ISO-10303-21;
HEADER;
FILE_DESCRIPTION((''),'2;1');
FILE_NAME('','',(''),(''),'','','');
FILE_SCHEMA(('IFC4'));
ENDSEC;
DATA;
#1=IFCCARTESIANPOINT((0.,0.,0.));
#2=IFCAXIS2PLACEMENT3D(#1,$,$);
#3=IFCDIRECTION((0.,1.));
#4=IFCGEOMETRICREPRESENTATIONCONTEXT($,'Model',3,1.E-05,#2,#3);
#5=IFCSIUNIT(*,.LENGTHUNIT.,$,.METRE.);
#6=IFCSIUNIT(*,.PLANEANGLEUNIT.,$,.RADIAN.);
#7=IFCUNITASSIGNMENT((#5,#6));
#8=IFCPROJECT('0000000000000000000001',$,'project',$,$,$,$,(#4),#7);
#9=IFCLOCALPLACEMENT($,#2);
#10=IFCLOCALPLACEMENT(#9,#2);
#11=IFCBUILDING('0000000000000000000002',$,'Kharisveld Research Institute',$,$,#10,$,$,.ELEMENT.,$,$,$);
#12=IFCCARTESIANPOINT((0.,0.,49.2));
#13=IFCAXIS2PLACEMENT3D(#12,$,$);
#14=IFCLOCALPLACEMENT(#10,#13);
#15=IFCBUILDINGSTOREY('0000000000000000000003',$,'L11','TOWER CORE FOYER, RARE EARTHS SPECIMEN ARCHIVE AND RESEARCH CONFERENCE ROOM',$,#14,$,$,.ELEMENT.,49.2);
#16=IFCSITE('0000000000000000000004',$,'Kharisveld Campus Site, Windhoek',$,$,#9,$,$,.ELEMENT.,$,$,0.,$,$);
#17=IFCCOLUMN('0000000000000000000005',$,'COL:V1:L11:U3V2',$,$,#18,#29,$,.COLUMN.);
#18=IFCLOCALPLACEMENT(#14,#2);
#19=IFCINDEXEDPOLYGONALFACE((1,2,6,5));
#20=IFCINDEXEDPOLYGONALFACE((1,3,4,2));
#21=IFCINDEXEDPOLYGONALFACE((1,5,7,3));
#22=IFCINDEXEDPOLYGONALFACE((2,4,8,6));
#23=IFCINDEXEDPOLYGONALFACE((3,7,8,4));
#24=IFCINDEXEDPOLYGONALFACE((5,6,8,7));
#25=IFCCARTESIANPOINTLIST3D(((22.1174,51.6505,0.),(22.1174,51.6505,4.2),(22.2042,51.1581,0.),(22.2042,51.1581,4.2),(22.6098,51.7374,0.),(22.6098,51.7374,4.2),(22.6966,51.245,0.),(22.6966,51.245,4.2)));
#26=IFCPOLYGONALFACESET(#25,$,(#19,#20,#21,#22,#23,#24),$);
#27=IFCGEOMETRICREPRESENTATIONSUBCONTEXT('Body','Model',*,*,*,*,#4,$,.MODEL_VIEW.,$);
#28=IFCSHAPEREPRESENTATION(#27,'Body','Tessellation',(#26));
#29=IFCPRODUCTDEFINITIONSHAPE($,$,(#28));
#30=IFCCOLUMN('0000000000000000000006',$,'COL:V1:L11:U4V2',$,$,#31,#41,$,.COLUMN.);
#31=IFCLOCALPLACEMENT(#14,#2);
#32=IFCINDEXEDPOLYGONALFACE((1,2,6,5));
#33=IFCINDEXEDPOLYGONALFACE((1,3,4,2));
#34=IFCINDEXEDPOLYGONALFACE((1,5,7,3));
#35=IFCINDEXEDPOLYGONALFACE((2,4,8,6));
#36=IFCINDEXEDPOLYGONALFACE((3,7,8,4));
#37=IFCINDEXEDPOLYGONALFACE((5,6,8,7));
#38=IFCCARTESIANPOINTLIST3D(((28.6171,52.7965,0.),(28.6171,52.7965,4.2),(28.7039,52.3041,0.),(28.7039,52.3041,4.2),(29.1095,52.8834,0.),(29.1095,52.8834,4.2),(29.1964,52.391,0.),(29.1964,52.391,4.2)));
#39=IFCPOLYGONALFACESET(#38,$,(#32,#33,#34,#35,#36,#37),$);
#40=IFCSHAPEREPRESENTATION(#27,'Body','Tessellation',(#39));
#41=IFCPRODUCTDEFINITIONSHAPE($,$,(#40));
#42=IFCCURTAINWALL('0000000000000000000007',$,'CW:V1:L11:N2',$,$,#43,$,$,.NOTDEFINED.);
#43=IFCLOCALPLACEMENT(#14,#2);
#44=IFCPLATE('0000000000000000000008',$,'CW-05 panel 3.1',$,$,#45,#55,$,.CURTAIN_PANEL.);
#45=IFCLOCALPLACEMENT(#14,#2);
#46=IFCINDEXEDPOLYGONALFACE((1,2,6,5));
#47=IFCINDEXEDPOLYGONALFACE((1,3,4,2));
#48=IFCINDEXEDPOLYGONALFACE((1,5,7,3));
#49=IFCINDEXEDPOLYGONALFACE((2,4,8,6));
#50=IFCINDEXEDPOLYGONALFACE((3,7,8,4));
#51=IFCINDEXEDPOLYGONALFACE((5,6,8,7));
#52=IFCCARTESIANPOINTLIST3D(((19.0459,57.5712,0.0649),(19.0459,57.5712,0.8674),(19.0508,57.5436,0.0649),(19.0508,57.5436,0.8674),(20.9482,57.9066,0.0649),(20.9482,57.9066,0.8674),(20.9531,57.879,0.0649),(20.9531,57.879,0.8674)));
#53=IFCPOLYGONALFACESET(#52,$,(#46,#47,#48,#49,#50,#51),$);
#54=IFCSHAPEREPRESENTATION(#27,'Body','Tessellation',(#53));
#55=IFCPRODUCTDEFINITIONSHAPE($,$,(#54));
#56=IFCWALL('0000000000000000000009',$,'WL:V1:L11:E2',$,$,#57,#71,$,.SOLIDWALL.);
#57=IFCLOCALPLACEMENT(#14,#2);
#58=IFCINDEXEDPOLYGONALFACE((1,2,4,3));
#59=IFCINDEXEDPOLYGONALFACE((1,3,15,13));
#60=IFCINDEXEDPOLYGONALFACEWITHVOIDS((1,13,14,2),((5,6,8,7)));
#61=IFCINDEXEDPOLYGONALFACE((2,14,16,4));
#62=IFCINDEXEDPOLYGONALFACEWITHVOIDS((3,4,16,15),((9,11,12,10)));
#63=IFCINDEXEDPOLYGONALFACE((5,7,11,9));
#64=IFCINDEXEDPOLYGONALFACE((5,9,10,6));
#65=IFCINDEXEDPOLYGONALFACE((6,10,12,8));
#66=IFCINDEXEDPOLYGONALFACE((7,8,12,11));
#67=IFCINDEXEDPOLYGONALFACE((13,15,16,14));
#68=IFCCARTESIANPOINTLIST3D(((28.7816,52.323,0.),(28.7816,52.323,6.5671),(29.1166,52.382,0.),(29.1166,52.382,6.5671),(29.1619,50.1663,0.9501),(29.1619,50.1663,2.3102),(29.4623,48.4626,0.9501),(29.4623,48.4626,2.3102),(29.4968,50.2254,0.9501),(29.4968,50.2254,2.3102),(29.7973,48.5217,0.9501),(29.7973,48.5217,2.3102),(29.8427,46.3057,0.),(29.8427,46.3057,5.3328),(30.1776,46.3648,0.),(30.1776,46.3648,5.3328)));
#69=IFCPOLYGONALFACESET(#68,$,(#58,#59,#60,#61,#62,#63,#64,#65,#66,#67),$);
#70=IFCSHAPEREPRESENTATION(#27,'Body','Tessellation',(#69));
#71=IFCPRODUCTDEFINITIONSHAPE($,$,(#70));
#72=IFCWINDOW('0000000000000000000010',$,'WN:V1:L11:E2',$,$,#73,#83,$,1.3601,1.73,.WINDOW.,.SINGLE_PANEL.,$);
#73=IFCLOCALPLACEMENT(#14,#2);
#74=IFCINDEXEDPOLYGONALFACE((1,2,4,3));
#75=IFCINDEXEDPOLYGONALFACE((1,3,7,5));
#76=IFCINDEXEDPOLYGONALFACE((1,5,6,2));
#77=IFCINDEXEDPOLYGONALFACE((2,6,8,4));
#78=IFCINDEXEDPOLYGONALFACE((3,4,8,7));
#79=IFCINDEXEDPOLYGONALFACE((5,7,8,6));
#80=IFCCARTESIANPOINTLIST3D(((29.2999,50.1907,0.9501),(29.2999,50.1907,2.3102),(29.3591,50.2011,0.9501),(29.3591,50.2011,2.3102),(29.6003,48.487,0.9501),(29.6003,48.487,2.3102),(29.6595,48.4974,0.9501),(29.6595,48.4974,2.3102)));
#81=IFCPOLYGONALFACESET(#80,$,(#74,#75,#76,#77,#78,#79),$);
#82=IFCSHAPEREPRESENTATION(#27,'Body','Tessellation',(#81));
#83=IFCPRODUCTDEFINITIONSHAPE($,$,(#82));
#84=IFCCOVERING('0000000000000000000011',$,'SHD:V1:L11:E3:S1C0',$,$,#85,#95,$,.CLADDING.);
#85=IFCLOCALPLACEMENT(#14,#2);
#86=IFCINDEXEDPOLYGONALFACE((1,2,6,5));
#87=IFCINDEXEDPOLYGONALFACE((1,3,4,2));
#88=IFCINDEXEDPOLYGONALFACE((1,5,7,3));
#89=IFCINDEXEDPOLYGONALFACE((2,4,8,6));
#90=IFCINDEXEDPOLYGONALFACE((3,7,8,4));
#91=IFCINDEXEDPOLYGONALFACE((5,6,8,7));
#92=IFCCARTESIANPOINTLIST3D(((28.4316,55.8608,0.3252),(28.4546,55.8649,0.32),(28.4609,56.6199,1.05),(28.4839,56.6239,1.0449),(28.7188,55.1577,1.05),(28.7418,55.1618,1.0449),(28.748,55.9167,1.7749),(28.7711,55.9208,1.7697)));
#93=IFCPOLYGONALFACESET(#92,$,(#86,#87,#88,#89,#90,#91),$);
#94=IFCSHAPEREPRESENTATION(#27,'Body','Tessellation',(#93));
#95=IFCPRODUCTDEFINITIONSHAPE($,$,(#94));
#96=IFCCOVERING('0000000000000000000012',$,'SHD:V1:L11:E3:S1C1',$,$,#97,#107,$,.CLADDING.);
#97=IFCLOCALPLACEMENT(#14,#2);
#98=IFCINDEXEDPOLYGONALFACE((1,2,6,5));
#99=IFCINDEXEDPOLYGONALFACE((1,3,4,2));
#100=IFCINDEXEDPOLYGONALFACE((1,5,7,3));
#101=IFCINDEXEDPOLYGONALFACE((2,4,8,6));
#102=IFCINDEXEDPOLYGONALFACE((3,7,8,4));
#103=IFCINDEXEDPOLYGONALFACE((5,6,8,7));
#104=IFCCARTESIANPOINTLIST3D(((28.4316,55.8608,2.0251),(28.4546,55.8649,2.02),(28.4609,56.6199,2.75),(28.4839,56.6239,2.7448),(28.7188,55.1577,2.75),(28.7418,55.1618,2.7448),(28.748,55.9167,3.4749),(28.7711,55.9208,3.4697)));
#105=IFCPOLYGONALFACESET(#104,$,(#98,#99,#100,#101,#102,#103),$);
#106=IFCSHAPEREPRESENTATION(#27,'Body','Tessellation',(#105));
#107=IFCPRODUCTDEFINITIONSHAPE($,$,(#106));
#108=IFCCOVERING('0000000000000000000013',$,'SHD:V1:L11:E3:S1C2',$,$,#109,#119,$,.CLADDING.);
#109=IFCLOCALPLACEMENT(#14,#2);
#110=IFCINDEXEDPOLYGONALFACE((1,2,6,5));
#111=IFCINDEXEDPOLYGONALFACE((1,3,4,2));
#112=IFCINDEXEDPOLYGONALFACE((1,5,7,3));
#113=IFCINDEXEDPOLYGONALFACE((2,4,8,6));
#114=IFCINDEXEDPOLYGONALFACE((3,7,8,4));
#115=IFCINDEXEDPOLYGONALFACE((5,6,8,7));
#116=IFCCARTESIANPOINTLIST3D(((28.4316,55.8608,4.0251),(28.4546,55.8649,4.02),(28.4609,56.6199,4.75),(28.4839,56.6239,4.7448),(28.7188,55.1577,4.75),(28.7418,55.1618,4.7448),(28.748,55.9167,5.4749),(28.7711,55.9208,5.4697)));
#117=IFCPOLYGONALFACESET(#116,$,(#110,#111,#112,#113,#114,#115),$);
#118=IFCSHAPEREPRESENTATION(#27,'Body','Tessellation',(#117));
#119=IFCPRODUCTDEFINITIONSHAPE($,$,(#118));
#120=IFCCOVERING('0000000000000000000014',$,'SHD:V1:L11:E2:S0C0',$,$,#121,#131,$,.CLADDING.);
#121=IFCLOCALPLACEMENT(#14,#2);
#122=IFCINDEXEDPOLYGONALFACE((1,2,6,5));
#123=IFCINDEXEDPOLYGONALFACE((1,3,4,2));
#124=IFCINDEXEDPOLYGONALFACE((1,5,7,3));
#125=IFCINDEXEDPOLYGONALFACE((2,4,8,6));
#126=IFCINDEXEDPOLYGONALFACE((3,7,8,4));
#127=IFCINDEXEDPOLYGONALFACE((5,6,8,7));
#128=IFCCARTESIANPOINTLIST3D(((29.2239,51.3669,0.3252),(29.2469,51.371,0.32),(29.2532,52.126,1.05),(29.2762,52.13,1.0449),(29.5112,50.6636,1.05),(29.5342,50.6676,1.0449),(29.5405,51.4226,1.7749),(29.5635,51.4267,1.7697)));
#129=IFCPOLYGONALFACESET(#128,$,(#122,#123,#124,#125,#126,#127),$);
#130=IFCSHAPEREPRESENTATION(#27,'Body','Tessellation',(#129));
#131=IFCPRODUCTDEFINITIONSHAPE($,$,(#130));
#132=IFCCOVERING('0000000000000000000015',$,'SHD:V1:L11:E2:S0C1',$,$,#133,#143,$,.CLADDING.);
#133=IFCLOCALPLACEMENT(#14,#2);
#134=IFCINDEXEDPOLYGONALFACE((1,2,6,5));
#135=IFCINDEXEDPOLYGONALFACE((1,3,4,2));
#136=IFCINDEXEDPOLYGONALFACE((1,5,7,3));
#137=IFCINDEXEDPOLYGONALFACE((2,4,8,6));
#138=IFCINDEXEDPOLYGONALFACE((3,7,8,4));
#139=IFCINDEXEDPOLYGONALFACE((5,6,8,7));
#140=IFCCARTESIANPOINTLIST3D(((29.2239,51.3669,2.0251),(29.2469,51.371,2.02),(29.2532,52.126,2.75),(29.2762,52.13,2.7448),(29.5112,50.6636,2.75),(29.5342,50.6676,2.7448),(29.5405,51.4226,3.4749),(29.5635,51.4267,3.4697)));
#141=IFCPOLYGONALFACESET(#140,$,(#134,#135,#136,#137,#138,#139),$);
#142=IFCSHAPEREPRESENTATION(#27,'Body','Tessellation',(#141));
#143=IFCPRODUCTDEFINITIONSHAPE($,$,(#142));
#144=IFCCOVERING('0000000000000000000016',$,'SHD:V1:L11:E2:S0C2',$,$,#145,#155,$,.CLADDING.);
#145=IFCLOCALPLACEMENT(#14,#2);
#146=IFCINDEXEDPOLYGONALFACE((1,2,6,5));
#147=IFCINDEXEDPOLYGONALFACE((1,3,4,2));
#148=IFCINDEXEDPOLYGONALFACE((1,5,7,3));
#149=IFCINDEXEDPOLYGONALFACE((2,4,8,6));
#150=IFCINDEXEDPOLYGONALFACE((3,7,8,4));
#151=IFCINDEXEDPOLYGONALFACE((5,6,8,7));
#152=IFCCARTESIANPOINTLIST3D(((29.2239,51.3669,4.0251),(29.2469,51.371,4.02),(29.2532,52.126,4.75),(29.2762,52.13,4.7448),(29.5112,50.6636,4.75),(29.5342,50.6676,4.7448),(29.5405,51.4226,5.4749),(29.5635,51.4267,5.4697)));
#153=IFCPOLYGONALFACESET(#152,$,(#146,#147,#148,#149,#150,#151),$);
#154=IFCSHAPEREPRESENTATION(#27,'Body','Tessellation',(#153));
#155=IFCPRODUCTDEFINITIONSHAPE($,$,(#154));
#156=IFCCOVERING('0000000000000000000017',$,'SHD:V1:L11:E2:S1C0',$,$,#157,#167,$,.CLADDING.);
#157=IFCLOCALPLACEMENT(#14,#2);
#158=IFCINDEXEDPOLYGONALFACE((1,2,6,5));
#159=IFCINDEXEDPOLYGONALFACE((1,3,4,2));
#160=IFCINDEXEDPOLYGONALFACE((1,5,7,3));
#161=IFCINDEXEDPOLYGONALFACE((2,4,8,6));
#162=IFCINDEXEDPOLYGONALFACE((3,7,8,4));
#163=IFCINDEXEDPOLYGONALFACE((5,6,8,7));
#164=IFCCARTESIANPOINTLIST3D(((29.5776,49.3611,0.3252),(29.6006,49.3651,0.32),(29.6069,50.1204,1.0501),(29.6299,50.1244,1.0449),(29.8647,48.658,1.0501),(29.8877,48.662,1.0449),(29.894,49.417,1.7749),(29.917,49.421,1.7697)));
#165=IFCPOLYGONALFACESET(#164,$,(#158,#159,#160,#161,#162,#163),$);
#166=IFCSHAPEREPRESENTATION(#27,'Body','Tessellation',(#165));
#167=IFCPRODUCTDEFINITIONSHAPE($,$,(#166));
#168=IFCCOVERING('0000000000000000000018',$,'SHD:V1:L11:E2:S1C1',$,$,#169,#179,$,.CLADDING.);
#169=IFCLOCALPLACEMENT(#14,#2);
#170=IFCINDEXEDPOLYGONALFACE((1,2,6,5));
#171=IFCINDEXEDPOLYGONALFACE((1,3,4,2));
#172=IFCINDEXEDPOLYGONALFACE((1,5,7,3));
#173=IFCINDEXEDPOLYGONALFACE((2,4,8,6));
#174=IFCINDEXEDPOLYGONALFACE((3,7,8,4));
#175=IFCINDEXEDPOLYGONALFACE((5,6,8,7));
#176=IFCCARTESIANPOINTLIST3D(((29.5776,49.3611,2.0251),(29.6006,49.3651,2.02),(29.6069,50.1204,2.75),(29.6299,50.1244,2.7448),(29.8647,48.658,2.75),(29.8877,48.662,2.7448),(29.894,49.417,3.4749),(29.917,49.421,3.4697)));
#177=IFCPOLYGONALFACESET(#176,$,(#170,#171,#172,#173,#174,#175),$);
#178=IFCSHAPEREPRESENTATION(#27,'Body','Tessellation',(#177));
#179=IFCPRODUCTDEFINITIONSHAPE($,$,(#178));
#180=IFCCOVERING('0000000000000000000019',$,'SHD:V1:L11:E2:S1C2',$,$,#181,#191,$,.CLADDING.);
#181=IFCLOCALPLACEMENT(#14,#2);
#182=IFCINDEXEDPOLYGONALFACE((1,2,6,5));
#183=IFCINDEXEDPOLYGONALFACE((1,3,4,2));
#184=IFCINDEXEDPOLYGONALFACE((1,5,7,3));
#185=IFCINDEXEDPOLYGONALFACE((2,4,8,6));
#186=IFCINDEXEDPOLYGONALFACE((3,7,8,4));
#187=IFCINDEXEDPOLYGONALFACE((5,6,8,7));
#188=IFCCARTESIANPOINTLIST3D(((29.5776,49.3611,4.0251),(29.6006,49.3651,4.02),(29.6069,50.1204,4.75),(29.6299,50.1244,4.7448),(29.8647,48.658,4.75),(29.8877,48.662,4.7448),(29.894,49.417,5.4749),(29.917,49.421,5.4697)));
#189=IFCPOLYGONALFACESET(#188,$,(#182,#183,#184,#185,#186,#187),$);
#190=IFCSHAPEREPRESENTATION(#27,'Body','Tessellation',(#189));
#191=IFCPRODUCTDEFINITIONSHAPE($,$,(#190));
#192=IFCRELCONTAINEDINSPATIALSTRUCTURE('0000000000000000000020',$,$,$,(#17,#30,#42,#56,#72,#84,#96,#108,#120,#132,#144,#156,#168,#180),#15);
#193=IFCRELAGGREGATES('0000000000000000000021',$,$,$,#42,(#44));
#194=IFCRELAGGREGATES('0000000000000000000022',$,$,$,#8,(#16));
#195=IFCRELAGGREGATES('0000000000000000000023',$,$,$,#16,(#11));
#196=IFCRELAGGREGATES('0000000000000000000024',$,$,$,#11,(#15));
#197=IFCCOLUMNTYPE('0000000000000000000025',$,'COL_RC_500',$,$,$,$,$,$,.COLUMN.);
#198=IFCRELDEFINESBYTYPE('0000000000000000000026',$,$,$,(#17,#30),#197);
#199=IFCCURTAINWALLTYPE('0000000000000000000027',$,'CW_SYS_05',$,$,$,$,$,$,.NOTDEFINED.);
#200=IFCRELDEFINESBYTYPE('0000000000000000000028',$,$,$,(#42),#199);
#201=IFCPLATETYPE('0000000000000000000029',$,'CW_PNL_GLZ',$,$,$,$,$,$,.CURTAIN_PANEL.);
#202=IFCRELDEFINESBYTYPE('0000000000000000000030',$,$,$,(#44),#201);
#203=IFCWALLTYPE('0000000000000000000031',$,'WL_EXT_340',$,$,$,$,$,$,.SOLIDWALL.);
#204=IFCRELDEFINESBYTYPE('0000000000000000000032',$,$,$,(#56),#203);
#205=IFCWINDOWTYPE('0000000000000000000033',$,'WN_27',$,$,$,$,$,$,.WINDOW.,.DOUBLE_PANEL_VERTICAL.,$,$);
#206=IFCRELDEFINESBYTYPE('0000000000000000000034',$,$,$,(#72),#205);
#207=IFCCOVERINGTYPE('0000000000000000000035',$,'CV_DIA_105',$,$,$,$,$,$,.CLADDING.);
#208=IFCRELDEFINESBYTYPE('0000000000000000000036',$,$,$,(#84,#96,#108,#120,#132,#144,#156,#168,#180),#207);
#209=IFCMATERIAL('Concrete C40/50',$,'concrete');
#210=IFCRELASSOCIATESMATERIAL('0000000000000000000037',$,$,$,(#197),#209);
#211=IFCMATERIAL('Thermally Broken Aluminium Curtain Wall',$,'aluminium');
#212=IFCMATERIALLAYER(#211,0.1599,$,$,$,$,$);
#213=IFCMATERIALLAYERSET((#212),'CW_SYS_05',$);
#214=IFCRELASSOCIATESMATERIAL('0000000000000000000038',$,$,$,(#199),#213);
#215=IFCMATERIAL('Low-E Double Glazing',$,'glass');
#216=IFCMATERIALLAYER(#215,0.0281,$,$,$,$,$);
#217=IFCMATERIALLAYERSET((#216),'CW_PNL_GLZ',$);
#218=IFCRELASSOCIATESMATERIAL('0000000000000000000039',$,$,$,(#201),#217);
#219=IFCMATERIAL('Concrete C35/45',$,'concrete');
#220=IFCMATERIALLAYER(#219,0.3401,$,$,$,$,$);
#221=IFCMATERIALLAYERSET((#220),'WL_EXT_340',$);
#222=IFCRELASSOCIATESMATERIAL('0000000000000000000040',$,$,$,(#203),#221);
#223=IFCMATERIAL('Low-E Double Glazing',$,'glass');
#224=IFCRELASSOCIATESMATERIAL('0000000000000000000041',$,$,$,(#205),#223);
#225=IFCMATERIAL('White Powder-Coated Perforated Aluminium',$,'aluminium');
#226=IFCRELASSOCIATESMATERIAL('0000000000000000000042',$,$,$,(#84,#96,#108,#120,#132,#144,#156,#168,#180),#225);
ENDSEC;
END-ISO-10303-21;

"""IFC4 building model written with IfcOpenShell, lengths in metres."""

from ifc_helpers import new_model, si_unit, direction, frame, frame_2d, origin, origin_2d, place, context, subcontext, project, spatial, polyline, rectangle, outline, extrude, material, layer, layer_set, material_profile, profile_set, type_object, element, fill, aggregate, save


model = new_model("IFC4")

# Units and contexts
model_context = context("Model", 3, precision=1e-05, world=origin(), true_north=direction((0.0, 1.0)))
body_context = subcontext(model_context, "Body", "Model", "MODEL_VIEW")
ifc_project = project(units=[si_unit("LENGTHUNIT", "METRE"), si_unit("PLANEANGLEUNIT", "RADIAN")], contexts=[model_context])

# Site, building, storey
site_placement = place(None, origin())
site = spatial("IfcSite", under=ifc_project, at=site_placement, Name="Kharisveld Campus Site, Windhoek", CompositionType="ELEMENT", RefElevation=0.0)
building_placement = place(site_placement, origin())
building = spatial("IfcBuilding", under=site, at=building_placement, Name="Kharisveld Research Institute", CompositionType="ELEMENT")
storey_placement = place(building_placement, frame((0.0, 0.0, 49.2)))
storey = spatial("IfcBuildingStorey", under=building, at=storey_placement, Name="L11", Description="TOWER CORE FOYER, RARE EARTHS SPECIMEN ARCHIVE AND RESEARCH CONFERENCE ROOM", CompositionType="ELEMENT", Elevation=49.2)

# Columns
ifc_material_1 = material(Name="Concrete C40/50", Category="concrete")
ifc_material_profile = material_profile(ifc_material_1, rectangle(XDim=0.5, YDim=0.5, at=origin_2d()))
ifc_profile_set = profile_set([ifc_material_profile], Name="Concrete C40/50")
column_type = type_object("IfcColumnType", Name="COL_RC_500", PredefinedType="COLUMN", material=ifc_profile_set)
for number, where, z_axis, x_axis, name in (
    (1, (22.407, 51.4478, 0.0), (0.0, 0.0, 1.0), (0.984808, 0.173648, 0.0), "COL:V1:L11:U3V2"),
    (2, (28.9067, 52.5938, 0.0), (0.0, 0.0, 1.0), (0.984808, 0.173648, 0.0), "COL:V1:L11:U4V2"),
):
    element("IfcColumn", number, at=place(storey_placement, frame(where, z_axis=z_axis, x_axis=x_axis)), inside=storey, type_object=column_type, Name=name, PredefinedType="COLUMN", context=body_context, shape_type="SweptSolid", body=[
        extrude(rectangle(XDim=0.5, YDim=0.5, at=origin_2d()), origin(), (0.0, 0.0, 1.0), 4.2),
    ])

# Curtain wall, plate
ifc_material_2 = material(Name="Thermally Broken Aluminium Curtain Wall", Category="aluminium")
ifc_layer_1 = layer(ifc_material_2, 0.1599)
ifc_layer_set_1 = layer_set([ifc_layer_1], Name="CW_SYS_05")
curtain_wall_type = type_object("IfcCurtainWallType", Name="CW_SYS_05", PredefinedType="NOTDEFINED", material=ifc_layer_set_1)
curtain_wall_placement = place(storey_placement, origin())
curtain_wall = element("IfcCurtainWall", 3, at=curtain_wall_placement, inside=storey, type_object=curtain_wall_type, Name="CW:V1:L11:N2", PredefinedType="NOTDEFINED")
ifc_material_3 = material(Name="Low-E Double Glazing", Category="glass")
ifc_layer_2 = layer(ifc_material_3, 0.0281)
ifc_layer_set_2 = layer_set([ifc_layer_2], Name="CW_PNL_GLZ")
plate_type = type_object("IfcPlateType", Name="CW_PNL_GLZ", PredefinedType="CURTAIN_PANEL", material=ifc_layer_set_2)
plate_placement = place(storey_placement, frame((19.9995, 57.7251, 0.0649), z_axis=(0.0, 0.0, 1.0), x_axis=(0.984808, 0.173648, 0.0)))
plate = element("IfcPlate", 4, at=plate_placement, type_object=plate_type, Name="CW-05 panel 3.1", PredefinedType="CURTAIN_PANEL", context=body_context, shape_type="SweptSolid", body=[
    extrude(rectangle(XDim=1.9316, YDim=0.0281, at=origin_2d()), origin(), (0.0, 0.0, 1.0), 0.8025),
])
aggregate(curtain_wall, [plate])

# Wall, opening, window
ifc_material_4 = material(Name="Concrete C35/45", Category="concrete")
ifc_layer_3 = layer(ifc_material_4, 0.3401)
ifc_layer_set_3 = layer_set([ifc_layer_3], Name="WL_EXT_340")
wall_type = type_object("IfcWallType", Name="WL_EXT_340", PredefinedType="SOLIDWALL", material=ifc_layer_set_3)
wall_placement = place(storey_placement, frame((28.9492, 52.3525, 0.0), z_axis=(0.0, 0.0, 1.0), x_axis=(0.173651, -0.984807, 0.0)))
wall = element("IfcWall", 5, at=wall_placement, inside=storey, type_object=wall_type, Name="WL:V1:L11:E2", PredefinedType="SOLIDWALL", context=body_context, shape_type="SweptSolid", body=[
    extrude(outline(polyline([(0.0, 0.0), (6.1101, 0.0), (6.1101, 5.3328), (0.0, 6.5671), (0.0, 0.0)])), frame((0.0, 0.1699, 0.0), z_axis=(0.0, -1.0, 0.0), x_axis=(1.0, 0.0, 0.0)), (0.0, 0.0, 1.0), 0.3401),
])
opening_placement = place(wall_placement, frame((2.1899, 0.0, 0.95)))
opening = element("IfcOpeningElement", 6, at=opening_placement, cuts=wall, PredefinedType="OPENING", context=body_context, shape_type="SweptSolid", body=[
    extrude(rectangle(XDim=1.73, YDim=1.3601, at=frame_2d((0.865, 0.6802))), frame((0.0, 0.1699, 0.0), z_axis=(0.0, -1.0, 0.0), x_axis=(1.0, 0.0, 0.0)), (0.0, 0.0, 1.0), 0.3401),
])
ifc_material_5 = material(Name="Low-E Double Glazing", Category="glass")
window_type = type_object("IfcWindowType", Name="WN_27", PartitioningType="DOUBLE_PANEL_VERTICAL", PredefinedType="WINDOW", material=ifc_material_5)
window_placement = place(opening_placement, origin())
window = element("IfcWindow", 7, at=window_placement, inside=storey, type_object=window_type, Name="WN:V1:L11:E2", OverallHeight=1.3601, OverallWidth=1.73, PartitioningType="SINGLE_PANEL", PredefinedType="WINDOW", context=body_context, shape_type="SweptSolid", body=[
    extrude(rectangle(XDim=1.73, YDim=1.3601, at=frame_2d((0.865, 0.6802))), frame((0.0, 0.03, 0.0), z_axis=(0.0, -1.0, 0.0), x_axis=(1.0, 0.0, 0.0)), (0.0, 0.0, 1.0), 0.0601),
])
fill(opening, window)

# Coverings
ifc_material_6 = material(Name="White Powder-Coated Perforated Aluminium", Category="aluminium")
covering_type = type_object("IfcCoveringType", Name="CV_DIA_105", PredefinedType="CLADDING")
for number, where, z_axis, x_axis, name in (
    (8, (28.4316, 55.8608, 0.3252), (-0.961476, -0.169531, 0.216385), (0.273471, -0.669725, 0.690421), "SHD:V1:L11:E3:S1C0"),
    (9, (28.4316, 55.8608, 2.0251), (-0.961476, -0.169531, 0.216385), (0.273471, -0.669725, 0.690421), "SHD:V1:L11:E3:S1C1"),
    (10, (28.4316, 55.8608, 4.0251), (-0.961476, -0.169531, 0.216385), (0.273471, -0.669725, 0.690421), "SHD:V1:L11:E3:S1C2"),
):
    element("IfcCovering", number, at=place(storey_placement, frame(where, z_axis=z_axis, x_axis=x_axis)), inside=storey, type_object=covering_type, material=ifc_material_6, Name=name, PredefinedType="CLADDING", context=body_context, shape_type="SweptSolid", body=[
        extrude(outline(polyline([(0.0, 0.0), (1.0499, 0.0), (1.05, 1.05), (0.0001, 1.05), (0.0, 0.0)])), origin(), (0.0, 0.0, -1.0), 0.0239),
    ])
for number, where, z_axis, x_axis, name in (
    (11, (29.2239, 51.3669, 0.3252), (-0.961426, -0.169654, 0.216512), (0.273644, -0.669811, 0.69027), "SHD:V1:L11:E2:S0C0"),
    (12, (29.2239, 51.3669, 2.0251), (-0.961426, -0.169654, 0.216512), (0.273644, -0.669811, 0.69027), "SHD:V1:L11:E2:S0C1"),
    (13, (29.2239, 51.3669, 4.0251), (-0.961426, -0.169654, 0.216512), (0.273644, -0.669811, 0.69027), "SHD:V1:L11:E2:S0C2"),
):
    element("IfcCovering", number, at=place(storey_placement, frame(where, z_axis=z_axis, x_axis=x_axis)), inside=storey, type_object=covering_type, material=ifc_material_6, Name=name, PredefinedType="CLADDING", context=body_context, shape_type="SweptSolid", body=[
        extrude(outline(polyline([(0.0, 0.0), (1.0501, 0.0), (1.0501, 1.05), (0.0, 1.05), (0.0, 0.0)])), origin(), (0.0, 0.0, -1.0), 0.0239),
    ])
for number, where, z_axis, x_axis, name in (
    (14, (29.5776, 49.3611, 0.3252), (-0.961481, -0.169503, 0.216385), (0.273452, -0.669728, 0.690426), "SHD:V1:L11:E2:S1C0"),
    (15, (29.5776, 49.3611, 2.0251), (-0.961481, -0.169503, 0.216385), (0.273452, -0.669728, 0.690426), "SHD:V1:L11:E2:S1C1"),
    (16, (29.5776, 49.3611, 4.0251), (-0.961481, -0.169503, 0.216385), (0.273452, -0.669728, 0.690426), "SHD:V1:L11:E2:S1C2"),
):
    element("IfcCovering", number, at=place(storey_placement, frame(where, z_axis=z_axis, x_axis=x_axis)), inside=storey, type_object=covering_type, material=ifc_material_6, Name=name, PredefinedType="CLADDING", context=body_context, shape_type="SweptSolid", body=[
        extrude(outline(polyline([(0.0, 0.0), (1.0499, 0.0), (1.05, 1.05), (0.0, 1.0501), (0.0, 0.0)])), origin(), (0.0, 0.0, -1.0), 0.0239),
    ])

save(model, "model.ifc")
